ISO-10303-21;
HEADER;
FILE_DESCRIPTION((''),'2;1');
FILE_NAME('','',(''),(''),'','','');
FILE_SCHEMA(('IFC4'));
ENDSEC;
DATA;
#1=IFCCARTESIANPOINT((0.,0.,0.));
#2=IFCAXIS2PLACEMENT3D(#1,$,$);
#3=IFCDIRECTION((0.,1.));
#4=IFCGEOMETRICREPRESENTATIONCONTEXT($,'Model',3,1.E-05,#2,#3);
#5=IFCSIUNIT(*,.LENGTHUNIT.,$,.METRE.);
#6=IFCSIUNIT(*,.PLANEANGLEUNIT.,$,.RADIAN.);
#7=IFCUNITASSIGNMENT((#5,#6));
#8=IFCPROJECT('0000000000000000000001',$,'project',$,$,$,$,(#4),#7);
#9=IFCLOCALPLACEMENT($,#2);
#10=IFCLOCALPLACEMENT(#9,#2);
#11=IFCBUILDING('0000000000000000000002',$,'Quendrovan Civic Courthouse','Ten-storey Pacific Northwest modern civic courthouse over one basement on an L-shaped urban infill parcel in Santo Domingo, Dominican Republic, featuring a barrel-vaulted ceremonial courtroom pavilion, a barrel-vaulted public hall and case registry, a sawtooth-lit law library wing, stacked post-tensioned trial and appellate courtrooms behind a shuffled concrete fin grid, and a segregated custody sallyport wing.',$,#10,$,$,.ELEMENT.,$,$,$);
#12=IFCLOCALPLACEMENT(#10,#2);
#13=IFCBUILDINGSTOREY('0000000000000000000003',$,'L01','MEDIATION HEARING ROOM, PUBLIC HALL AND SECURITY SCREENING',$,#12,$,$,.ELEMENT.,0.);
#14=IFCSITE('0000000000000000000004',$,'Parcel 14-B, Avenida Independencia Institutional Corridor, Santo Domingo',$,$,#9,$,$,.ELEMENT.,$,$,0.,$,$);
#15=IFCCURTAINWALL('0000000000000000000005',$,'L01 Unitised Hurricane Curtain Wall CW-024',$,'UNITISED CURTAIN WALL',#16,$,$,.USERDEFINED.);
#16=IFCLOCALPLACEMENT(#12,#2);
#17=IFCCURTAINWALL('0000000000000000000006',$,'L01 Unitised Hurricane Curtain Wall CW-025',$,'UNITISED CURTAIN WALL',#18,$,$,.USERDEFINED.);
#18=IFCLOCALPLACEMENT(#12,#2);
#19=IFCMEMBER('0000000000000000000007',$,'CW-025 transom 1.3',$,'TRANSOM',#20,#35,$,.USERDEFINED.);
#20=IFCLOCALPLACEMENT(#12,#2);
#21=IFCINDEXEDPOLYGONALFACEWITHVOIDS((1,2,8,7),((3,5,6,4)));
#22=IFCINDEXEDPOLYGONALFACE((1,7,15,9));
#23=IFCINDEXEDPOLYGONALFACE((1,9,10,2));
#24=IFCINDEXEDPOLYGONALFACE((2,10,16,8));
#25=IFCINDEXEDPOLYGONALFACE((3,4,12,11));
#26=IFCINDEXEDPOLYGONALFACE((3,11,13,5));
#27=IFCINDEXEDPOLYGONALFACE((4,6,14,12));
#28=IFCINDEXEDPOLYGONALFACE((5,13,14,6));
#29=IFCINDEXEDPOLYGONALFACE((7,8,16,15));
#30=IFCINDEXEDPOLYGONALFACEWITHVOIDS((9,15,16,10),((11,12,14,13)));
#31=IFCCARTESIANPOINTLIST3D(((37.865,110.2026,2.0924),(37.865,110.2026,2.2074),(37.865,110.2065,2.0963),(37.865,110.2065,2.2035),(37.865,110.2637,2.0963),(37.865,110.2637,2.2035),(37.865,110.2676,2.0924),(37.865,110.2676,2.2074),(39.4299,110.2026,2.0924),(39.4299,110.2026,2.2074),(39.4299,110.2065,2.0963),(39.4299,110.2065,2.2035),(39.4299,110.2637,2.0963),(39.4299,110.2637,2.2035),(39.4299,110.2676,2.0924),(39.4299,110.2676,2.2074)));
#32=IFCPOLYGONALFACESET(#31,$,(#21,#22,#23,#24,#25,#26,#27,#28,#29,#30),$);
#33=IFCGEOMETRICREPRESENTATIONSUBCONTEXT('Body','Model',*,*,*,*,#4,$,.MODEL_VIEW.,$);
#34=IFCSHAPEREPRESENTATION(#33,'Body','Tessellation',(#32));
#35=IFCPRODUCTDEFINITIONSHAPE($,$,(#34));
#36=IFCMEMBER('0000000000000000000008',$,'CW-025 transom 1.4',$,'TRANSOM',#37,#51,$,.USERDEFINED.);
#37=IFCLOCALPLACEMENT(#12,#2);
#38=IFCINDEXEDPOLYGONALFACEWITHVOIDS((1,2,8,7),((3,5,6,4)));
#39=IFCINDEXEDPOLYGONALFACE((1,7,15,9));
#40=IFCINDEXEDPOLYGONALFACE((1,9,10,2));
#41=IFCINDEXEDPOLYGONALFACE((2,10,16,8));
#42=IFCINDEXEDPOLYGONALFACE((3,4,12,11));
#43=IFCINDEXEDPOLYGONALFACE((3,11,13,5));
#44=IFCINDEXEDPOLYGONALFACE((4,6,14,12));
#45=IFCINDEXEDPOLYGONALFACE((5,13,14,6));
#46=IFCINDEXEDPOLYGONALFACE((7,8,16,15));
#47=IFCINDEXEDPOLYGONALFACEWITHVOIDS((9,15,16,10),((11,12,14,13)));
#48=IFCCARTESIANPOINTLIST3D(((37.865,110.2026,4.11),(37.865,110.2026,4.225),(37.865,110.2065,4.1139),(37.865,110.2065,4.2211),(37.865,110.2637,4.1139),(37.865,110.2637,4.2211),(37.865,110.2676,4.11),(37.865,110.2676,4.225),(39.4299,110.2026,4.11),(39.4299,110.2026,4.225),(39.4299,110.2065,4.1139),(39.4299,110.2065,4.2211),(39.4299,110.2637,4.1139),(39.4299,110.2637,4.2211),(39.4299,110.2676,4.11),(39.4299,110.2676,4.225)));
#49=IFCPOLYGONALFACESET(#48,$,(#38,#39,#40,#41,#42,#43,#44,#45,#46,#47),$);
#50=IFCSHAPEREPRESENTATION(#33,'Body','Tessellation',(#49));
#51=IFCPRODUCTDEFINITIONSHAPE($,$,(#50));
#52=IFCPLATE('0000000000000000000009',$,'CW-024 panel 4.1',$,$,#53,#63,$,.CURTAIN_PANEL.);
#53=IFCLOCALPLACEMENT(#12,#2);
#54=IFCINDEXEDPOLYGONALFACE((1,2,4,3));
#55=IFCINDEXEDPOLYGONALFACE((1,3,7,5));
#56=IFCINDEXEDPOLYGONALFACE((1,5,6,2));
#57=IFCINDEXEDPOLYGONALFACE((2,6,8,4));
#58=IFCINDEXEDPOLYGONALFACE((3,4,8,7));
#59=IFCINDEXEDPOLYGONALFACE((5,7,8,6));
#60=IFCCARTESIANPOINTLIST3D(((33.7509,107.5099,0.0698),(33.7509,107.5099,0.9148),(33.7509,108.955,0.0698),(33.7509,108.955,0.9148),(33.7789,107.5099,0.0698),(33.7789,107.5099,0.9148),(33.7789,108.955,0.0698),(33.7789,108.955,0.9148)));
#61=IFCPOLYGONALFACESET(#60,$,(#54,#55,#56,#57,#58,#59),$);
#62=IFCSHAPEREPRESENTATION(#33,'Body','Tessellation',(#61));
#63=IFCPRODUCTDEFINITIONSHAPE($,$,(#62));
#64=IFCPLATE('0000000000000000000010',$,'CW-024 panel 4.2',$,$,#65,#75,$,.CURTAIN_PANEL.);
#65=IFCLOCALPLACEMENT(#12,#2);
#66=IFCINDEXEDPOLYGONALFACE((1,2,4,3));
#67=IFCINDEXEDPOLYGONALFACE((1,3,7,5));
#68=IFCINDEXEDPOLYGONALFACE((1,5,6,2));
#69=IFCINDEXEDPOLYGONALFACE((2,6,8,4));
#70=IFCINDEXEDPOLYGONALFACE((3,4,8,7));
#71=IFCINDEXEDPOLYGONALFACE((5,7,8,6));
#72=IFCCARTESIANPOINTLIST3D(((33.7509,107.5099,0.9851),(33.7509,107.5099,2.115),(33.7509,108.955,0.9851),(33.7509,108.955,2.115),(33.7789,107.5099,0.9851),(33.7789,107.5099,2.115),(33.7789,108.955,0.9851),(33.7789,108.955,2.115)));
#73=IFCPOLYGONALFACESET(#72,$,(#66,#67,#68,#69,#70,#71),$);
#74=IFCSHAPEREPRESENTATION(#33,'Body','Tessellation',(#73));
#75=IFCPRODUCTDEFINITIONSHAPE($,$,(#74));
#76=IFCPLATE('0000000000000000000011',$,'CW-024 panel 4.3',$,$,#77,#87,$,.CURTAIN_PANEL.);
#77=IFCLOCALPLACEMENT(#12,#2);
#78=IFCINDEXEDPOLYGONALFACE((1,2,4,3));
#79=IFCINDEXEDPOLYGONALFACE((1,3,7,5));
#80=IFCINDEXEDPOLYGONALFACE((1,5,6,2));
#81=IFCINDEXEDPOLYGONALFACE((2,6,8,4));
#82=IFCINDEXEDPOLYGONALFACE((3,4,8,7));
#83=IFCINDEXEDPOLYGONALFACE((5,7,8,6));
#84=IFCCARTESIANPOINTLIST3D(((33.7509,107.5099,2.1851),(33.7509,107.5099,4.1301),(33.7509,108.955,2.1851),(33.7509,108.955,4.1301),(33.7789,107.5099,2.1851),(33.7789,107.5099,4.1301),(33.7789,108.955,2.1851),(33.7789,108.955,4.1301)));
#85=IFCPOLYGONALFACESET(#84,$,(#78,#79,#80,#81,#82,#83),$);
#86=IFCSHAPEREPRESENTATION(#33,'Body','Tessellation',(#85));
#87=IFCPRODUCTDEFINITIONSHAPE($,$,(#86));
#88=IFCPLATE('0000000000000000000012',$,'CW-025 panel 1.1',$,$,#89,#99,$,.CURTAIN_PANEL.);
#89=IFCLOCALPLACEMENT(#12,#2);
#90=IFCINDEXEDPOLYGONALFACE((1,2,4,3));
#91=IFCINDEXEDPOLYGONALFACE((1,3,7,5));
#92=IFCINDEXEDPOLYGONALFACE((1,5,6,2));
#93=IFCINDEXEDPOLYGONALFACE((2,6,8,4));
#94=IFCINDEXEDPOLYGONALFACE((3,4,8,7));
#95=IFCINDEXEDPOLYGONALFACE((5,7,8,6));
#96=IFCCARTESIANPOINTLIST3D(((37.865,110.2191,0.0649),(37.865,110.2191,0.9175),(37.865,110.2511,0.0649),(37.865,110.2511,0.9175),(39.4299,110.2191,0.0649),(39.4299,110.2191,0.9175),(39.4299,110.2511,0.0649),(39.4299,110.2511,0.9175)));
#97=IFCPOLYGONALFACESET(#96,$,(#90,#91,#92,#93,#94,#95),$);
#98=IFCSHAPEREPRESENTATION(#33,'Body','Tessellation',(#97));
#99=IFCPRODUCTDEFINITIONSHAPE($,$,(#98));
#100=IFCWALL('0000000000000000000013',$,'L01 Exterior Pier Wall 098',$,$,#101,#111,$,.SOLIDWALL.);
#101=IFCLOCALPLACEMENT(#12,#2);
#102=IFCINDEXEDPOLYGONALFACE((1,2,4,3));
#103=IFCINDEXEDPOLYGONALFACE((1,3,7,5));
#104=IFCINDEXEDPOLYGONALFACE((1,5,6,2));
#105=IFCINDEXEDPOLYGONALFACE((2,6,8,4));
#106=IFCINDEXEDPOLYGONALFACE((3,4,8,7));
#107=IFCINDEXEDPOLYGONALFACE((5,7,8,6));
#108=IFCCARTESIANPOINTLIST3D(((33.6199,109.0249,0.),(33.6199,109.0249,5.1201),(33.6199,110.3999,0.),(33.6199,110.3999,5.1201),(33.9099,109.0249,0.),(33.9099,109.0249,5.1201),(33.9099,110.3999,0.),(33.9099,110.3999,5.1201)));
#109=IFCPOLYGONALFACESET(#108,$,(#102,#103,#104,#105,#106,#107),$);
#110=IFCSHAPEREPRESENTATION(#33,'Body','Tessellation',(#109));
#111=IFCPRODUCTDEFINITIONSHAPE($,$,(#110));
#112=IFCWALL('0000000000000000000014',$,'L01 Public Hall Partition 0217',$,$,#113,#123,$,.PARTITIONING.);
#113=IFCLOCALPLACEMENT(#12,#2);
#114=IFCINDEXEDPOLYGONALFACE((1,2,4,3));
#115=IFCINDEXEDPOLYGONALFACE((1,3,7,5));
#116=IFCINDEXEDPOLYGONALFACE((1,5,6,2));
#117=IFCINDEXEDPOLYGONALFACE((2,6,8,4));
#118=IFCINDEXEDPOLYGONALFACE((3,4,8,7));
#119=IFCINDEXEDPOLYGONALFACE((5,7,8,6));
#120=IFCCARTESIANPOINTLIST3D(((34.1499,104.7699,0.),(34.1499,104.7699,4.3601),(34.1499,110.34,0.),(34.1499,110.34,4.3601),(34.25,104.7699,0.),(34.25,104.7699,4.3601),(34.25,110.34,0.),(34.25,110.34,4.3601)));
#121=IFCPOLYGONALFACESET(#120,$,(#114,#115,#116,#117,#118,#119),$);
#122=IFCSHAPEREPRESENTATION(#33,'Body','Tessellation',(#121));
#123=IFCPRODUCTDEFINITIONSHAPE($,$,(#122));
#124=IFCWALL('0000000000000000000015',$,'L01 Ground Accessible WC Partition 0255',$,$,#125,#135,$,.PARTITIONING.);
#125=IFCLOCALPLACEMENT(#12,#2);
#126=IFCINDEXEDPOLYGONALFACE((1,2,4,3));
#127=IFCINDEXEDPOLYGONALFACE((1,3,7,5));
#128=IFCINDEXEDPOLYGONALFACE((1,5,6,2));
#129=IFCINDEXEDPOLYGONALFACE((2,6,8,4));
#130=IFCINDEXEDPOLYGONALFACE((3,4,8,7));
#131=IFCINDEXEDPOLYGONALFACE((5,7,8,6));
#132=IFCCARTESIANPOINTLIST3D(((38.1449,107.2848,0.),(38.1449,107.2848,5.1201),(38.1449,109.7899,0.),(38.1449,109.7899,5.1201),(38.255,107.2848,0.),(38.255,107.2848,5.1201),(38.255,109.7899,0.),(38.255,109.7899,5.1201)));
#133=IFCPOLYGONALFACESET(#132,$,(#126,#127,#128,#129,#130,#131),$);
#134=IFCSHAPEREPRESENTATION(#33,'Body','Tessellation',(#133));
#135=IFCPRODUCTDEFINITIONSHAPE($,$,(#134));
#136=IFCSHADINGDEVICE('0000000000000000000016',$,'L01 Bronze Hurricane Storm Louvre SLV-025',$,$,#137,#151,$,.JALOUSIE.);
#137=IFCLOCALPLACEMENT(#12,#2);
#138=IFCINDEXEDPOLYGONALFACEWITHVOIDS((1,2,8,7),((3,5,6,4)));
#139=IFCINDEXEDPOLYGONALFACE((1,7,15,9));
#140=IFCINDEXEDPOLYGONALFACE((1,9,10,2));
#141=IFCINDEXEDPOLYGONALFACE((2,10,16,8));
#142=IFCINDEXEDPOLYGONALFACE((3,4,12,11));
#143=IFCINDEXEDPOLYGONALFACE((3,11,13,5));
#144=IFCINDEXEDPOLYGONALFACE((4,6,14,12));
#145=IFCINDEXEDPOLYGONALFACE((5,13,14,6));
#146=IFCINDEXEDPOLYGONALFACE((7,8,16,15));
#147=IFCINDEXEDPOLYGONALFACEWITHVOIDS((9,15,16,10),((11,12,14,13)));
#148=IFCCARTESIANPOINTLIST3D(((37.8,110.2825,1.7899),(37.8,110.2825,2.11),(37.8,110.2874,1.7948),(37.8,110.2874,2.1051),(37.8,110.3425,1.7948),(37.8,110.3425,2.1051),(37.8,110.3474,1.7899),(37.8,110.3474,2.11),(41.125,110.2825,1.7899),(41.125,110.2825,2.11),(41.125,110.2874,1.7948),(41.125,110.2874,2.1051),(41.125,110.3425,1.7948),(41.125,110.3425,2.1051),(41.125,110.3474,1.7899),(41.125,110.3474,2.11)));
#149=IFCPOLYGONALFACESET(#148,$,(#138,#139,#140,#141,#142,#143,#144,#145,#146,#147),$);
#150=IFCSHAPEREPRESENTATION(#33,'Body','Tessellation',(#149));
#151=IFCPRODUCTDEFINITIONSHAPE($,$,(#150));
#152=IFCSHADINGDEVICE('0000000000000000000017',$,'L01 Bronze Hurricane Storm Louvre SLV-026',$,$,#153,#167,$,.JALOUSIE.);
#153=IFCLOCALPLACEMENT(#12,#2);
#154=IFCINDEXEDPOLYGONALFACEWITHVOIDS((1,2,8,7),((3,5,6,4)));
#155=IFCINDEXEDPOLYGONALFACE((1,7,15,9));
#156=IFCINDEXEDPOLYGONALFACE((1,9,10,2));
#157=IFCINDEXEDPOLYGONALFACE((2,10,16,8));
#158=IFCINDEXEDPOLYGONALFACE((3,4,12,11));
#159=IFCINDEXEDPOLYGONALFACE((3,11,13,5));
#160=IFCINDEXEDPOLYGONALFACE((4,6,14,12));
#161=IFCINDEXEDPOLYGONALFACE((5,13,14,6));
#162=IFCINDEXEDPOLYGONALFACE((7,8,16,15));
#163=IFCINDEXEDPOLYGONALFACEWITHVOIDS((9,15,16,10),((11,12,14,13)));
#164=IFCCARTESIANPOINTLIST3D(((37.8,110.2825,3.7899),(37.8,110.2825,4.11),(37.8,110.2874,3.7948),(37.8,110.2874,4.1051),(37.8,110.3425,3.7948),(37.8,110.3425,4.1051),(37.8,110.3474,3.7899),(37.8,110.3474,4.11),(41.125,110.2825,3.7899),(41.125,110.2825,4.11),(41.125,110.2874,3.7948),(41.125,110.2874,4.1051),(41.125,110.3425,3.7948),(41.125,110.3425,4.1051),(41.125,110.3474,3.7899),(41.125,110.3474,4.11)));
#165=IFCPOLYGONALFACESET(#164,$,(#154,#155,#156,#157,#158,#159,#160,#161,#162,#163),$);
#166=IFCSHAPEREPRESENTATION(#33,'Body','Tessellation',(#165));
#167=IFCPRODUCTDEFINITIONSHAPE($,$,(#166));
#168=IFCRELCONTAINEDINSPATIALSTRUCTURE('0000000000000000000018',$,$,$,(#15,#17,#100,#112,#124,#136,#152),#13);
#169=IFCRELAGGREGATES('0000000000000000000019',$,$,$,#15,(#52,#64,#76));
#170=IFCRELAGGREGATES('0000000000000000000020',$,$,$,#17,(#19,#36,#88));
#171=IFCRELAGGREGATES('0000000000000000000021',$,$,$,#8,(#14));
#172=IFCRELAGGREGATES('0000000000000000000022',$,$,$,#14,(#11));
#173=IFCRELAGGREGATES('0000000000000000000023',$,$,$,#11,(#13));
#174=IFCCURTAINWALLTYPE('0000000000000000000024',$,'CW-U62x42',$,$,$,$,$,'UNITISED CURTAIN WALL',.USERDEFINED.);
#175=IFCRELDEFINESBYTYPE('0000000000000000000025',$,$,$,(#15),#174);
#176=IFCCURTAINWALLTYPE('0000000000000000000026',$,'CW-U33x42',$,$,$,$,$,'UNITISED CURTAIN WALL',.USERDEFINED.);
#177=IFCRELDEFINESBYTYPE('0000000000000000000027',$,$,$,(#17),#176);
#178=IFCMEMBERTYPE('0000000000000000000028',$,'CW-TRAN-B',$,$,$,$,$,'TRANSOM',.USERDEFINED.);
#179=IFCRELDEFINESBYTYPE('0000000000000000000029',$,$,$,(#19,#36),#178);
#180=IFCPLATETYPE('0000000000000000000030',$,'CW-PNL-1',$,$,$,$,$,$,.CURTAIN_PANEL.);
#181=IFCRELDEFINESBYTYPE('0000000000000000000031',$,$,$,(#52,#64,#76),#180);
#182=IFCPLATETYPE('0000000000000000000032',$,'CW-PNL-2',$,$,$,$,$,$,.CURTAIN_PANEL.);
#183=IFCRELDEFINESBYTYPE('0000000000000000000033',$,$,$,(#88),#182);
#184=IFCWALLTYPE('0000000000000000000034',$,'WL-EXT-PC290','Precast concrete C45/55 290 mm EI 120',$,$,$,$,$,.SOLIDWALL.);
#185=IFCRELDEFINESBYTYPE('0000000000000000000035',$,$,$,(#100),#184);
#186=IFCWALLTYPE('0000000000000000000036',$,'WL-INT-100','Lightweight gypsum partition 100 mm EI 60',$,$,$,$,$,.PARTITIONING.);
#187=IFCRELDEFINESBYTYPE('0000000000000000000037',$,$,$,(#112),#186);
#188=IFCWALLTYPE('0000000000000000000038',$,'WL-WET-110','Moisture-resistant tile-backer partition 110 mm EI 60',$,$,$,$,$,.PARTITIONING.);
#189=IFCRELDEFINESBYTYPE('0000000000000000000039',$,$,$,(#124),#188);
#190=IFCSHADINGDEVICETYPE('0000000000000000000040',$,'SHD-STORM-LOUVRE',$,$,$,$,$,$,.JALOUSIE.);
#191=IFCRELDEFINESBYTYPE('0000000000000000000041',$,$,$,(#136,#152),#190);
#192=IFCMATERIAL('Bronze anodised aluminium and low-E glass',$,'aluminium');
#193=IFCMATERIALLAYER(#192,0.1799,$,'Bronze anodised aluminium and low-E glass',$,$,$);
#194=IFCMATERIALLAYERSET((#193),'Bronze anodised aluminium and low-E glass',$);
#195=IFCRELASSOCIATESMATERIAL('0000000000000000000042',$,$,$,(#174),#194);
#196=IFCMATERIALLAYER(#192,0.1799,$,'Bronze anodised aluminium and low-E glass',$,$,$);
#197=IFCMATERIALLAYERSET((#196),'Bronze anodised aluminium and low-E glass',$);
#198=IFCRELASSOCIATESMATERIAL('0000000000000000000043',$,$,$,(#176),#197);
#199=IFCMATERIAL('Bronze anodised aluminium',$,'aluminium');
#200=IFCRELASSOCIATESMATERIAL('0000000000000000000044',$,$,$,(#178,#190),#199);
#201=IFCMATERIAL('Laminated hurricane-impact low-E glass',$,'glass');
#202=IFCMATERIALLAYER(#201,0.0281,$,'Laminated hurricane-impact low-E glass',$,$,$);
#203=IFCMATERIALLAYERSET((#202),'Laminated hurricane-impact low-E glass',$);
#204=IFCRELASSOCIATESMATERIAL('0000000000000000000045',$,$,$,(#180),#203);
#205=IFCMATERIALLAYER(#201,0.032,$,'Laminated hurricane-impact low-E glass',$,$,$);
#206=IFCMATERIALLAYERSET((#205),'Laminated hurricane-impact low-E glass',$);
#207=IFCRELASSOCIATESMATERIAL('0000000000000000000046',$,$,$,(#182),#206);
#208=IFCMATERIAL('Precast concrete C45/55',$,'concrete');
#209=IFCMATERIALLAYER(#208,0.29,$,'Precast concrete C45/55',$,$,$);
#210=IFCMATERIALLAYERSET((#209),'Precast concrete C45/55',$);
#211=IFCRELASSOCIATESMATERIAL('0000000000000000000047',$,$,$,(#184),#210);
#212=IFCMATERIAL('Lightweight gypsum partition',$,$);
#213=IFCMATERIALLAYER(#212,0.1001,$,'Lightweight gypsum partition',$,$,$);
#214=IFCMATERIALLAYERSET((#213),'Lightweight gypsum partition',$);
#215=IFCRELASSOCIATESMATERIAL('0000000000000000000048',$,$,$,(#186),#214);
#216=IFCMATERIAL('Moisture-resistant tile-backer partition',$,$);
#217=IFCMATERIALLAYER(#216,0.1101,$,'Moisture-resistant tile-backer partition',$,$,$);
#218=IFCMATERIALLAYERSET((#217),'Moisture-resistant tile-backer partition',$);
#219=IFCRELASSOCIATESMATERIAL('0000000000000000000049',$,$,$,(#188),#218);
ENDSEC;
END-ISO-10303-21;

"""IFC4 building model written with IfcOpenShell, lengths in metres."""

from ifc_helpers import new_model, si_unit, direction, frame, frame_2d, origin, origin_2d, place, context, subcontext, project, spatial, rectangle, hollow_rectangle, extrude, material, layer, layer_set, material_profile, profile_set, type_object, element, aggregate, save


model = new_model("IFC4")

# Units and contexts
model_context = context("Model", 3, precision=1e-05, world=origin(), true_north=direction((0.0, 1.0)))
body_context = subcontext(model_context, "Body", "Model", "MODEL_VIEW")
ifc_project = project(units=[si_unit("LENGTHUNIT", "METRE"), si_unit("PLANEANGLEUNIT", "RADIAN")], contexts=[model_context])

# Site, building, storey
site_placement = place(None, origin())
site = spatial("IfcSite", under=ifc_project, at=site_placement, Name="Parcel 14-B, Avenida Independencia Institutional Corridor, Santo Domingo", CompositionType="ELEMENT", RefElevation=0.0)
building_placement = place(site_placement, origin())
building = spatial("IfcBuilding", under=site, at=building_placement, Name="Quendrovan Civic Courthouse", Description="Ten-storey Pacific Northwest modern civic courthouse over one basement on an L-shaped urban infill parcel in Santo Domingo, Dominican Republic, featuring a barrel-vaulted ceremonial courtroom pavilion, a barrel-vaulted public hall and case registry, a sawtooth-lit law library wing, stacked post-tensioned trial and appellate courtrooms behind a shuffled concrete fin grid, and a segregated custody sallyport wing.", CompositionType="ELEMENT")
storey_placement = place(building_placement, origin())
storey = spatial("IfcBuildingStorey", under=building, at=storey_placement, Name="L01", Description="MEDIATION HEARING ROOM, PUBLIC HALL AND SECURITY SCREENING", CompositionType="ELEMENT", Elevation=0.0)

# Curtain wall
ifc_material_1 = material(Name="Bronze anodised aluminium and low-E glass", Category="aluminium")
ifc_layer_1 = layer(ifc_material_1, 0.1799, Name="Bronze anodised aluminium and low-E glass")
ifc_layer_set_1 = layer_set([ifc_layer_1], Name="Bronze anodised aluminium and low-E glass")
curtain_wall_type_1 = type_object("IfcCurtainWallType", Name="CW-U62x42", ElementType="UNITISED CURTAIN WALL", PredefinedType="USERDEFINED", material=ifc_layer_set_1)
curtain_wall_1_placement = place(storey_placement, origin())
curtain_wall_1 = element("IfcCurtainWall", 1, at=curtain_wall_1_placement, inside=storey, type_object=curtain_wall_type_1, Name="L01 Unitised Hurricane Curtain Wall CW-024", ObjectType="UNITISED CURTAIN WALL", PredefinedType="USERDEFINED")
ifc_material_2 = material(Name="Bronze anodised aluminium", Category="aluminium")

# Curtain wall
ifc_layer_2 = layer(ifc_material_1, 0.1799, Name="Bronze anodised aluminium and low-E glass")
ifc_layer_set_2 = layer_set([ifc_layer_2], Name="Bronze anodised aluminium and low-E glass")
curtain_wall_type_2 = type_object("IfcCurtainWallType", Name="CW-U33x42", ElementType="UNITISED CURTAIN WALL", PredefinedType="USERDEFINED", material=ifc_layer_set_2)
curtain_wall_2_placement = place(storey_placement, origin())
curtain_wall_2 = element("IfcCurtainWall", 2, at=curtain_wall_2_placement, inside=storey, type_object=curtain_wall_type_2, Name="L01 Unitised Hurricane Curtain Wall CW-025", ObjectType="UNITISED CURTAIN WALL", PredefinedType="USERDEFINED")

# Members
ifc_material_profile_1 = material_profile(ifc_material_2, hollow_rectangle(XDim=0.0649, YDim=0.115, WallThickness=0.0039, at=origin_2d()), Name="CW-TRAN-65x115")
ifc_profile_set_1 = profile_set([ifc_material_profile_1], Name="Bronze anodised aluminium")
member_type_1 = type_object("IfcMemberType", Name="CW-TRAN-B", ElementType="TRANSOM", PredefinedType="USERDEFINED", material=ifc_profile_set_1)
member_1_placement = place(storey_placement, frame((37.865, 110.2351, 2.1499), z_axis=(1.0, 0.0, 0.0), x_axis=(0.0, 1.0, 0.0)))
member_1 = element("IfcMember", 3, at=member_1_placement, type_object=member_type_1, Name="CW-025 transom 1.3", ObjectType="TRANSOM", PredefinedType="USERDEFINED", context=body_context, shape_type="SweptSolid", body=[
    extrude(hollow_rectangle(XDim=0.0649, YDim=0.115, WallThickness=0.0039, at=origin_2d()), origin(), (0.0, 0.0, 1.0), 1.5649),
])
member_2_placement = place(storey_placement, frame((37.865, 110.2351, 4.1675), z_axis=(1.0, 0.0, 0.0), x_axis=(0.0, 1.0, 0.0)))
member_2 = element("IfcMember", 4, at=member_2_placement, type_object=member_type_1, Name="CW-025 transom 1.4", ObjectType="TRANSOM", PredefinedType="USERDEFINED", context=body_context, shape_type="SweptSolid", body=[
    extrude(hollow_rectangle(XDim=0.0649, YDim=0.115, WallThickness=0.0039, at=origin_2d()), origin(), (0.0, 0.0, 1.0), 1.5649),
])

# Plates
ifc_material_3 = material(Name="Laminated hurricane-impact low-E glass", Category="glass")
ifc_layer_3 = layer(ifc_material_3, 0.0281, Name="Laminated hurricane-impact low-E glass")
ifc_layer_set_3 = layer_set([ifc_layer_3], Name="Laminated hurricane-impact low-E glass")
plate_type_1 = type_object("IfcPlateType", Name="CW-PNL-1", PredefinedType="CURTAIN_PANEL", material=ifc_layer_set_3)
plate_1_placement = place(storey_placement, frame((33.7649, 108.2324, 0.0698), z_axis=(0.0, 0.0, 1.0), x_axis=(0.0, 1.0, 0.0)))
plate_1 = element("IfcPlate", 5, at=plate_1_placement, type_object=plate_type_1, Name="CW-024 panel 4.1", PredefinedType="CURTAIN_PANEL", context=body_context, shape_type="SweptSolid", body=[
    extrude(rectangle(XDim=1.4451, YDim=0.0281, at=origin_2d()), origin(), (0.0, 0.0, 1.0), 0.845),
])
plate_2_placement = place(storey_placement, frame((33.7649, 108.2324, 0.9851), z_axis=(0.0, 0.0, 1.0), x_axis=(0.0, 1.0, 0.0)))
plate_2 = element("IfcPlate", 6, at=plate_2_placement, type_object=plate_type_1, Name="CW-024 panel 4.2", PredefinedType="CURTAIN_PANEL", context=body_context, shape_type="SweptSolid", body=[
    extrude(rectangle(XDim=1.4451, YDim=0.0281, at=origin_2d()), origin(), (0.0, 0.0, 1.0), 1.1299),
])
plate_3_placement = place(storey_placement, frame((33.7649, 108.2324, 2.1851), z_axis=(0.0, 0.0, 1.0), x_axis=(0.0, 1.0, 0.0)))
plate_3 = element("IfcPlate", 7, at=plate_3_placement, type_object=plate_type_1, Name="CW-024 panel 4.3", PredefinedType="CURTAIN_PANEL", context=body_context, shape_type="SweptSolid", body=[
    extrude(rectangle(XDim=1.4451, YDim=0.0281, at=origin_2d()), origin(), (0.0, 0.0, 1.0), 1.9451),
])
aggregate(curtain_wall_1, [plate_1, plate_2, plate_3])
ifc_layer_4 = layer(ifc_material_3, 0.032, Name="Laminated hurricane-impact low-E glass")
ifc_layer_set_4 = layer_set([ifc_layer_4], Name="Laminated hurricane-impact low-E glass")
plate_type_2 = type_object("IfcPlateType", Name="CW-PNL-2", PredefinedType="CURTAIN_PANEL", material=ifc_layer_set_4)
plate_4_placement = place(storey_placement, frame((38.6475, 110.2351, 0.0649), z_axis=(0.0, 0.0, 1.0), x_axis=(1.0, 0.0, 0.0)))
plate_4 = element("IfcPlate", 8, at=plate_4_placement, type_object=plate_type_2, Name="CW-025 panel 1.1", PredefinedType="CURTAIN_PANEL", context=body_context, shape_type="SweptSolid", body=[
    extrude(rectangle(XDim=1.5649, YDim=0.032, at=origin_2d()), origin(), (0.0, 0.0, 1.0), 0.8525),
])
aggregate(curtain_wall_2, [member_1, member_2, plate_4])

# Walls
ifc_material_4 = material(Name="Precast concrete C45/55", Category="concrete")
ifc_layer_5 = layer(ifc_material_4, 0.29, Name="Precast concrete C45/55")
ifc_layer_set_5 = layer_set([ifc_layer_5], Name="Precast concrete C45/55")
wall_type_1 = type_object("IfcWallType", Name="WL-EXT-PC290", Description="Precast concrete C45/55 290 mm EI 120", PredefinedType="SOLIDWALL", material=ifc_layer_set_5)
wall_1_placement = place(storey_placement, frame((33.7649, 109.0249, 0.0), z_axis=(0.0, 0.0, 1.0), x_axis=(0.0, 1.0, 0.0)))
element("IfcWall", 9, at=wall_1_placement, inside=storey, type_object=wall_type_1, Name="L01 Exterior Pier Wall 098", PredefinedType="SOLIDWALL", context=body_context, shape_type="SweptSolid", body=[
    extrude(rectangle(XDim=1.375, YDim=0.29, at=frame_2d((0.6875, 0.0))), origin(), (0.0, 0.0, 1.0), 5.1201),
])
ifc_material_5 = material(Name="Lightweight gypsum partition")
ifc_layer_6 = layer(ifc_material_5, 0.1001, Name="Lightweight gypsum partition")
ifc_layer_set_6 = layer_set([ifc_layer_6], Name="Lightweight gypsum partition")
wall_type_2 = type_object("IfcWallType", Name="WL-INT-100", Description="Lightweight gypsum partition 100 mm EI 60", PredefinedType="PARTITIONING", material=ifc_layer_set_6)
wall_2_placement = place(storey_placement, frame((34.2, 110.3401, 0.0), z_axis=(0.0, 0.0, 1.0), x_axis=(0.0, -1.0, 0.0)))
element("IfcWall", 10, at=wall_2_placement, inside=storey, type_object=wall_type_2, Name="L01 Public Hall Partition 0217", PredefinedType="PARTITIONING", context=body_context, shape_type="SweptSolid", body=[
    extrude(rectangle(XDim=5.5701, YDim=0.1001, at=frame_2d((2.7852, 0.0))), origin(), (0.0, 0.0, 1.0), 4.3601),
])
ifc_material_6 = material(Name="Moisture-resistant tile-backer partition")
ifc_layer_7 = layer(ifc_material_6, 0.1101, Name="Moisture-resistant tile-backer partition")
ifc_layer_set_7 = layer_set([ifc_layer_7], Name="Moisture-resistant tile-backer partition")
wall_type_3 = type_object("IfcWallType", Name="WL-WET-110", Description="Moisture-resistant tile-backer partition 110 mm EI 60", PredefinedType="PARTITIONING", material=ifc_layer_set_7)
wall_3_placement = place(storey_placement, frame((38.2, 107.2849, 0.0), z_axis=(0.0, 0.0, 1.0), x_axis=(0.0, 1.0, 0.0)))
element("IfcWall", 11, at=wall_3_placement, inside=storey, type_object=wall_type_3, Name="L01 Ground Accessible WC Partition 0255", PredefinedType="PARTITIONING", context=body_context, shape_type="SweptSolid", body=[
    extrude(rectangle(XDim=2.5051, YDim=0.1101, at=frame_2d((1.2524, 0.0))), origin(), (0.0, 0.0, 1.0), 5.1201),
])

# Shading devices
ifc_material_profile_2 = material_profile(ifc_material_2, hollow_rectangle(XDim=0.0649, YDim=0.3201, WallThickness=0.0049, at=origin_2d()), Name="AL-LOUVRE-65x320")
ifc_profile_set_2 = profile_set([ifc_material_profile_2], Name="Bronze anodised aluminium")
shading_device_type = type_object("IfcShadingDeviceType", Name="SHD-STORM-LOUVRE", PredefinedType="JALOUSIE", material=ifc_profile_set_2)
for number, where, z_axis, x_axis, name in (
    (12, (37.8, 110.3149, 1.95), (1.0, 0.0, 0.0), (0.0, 1.0, 0.0), "L01 Bronze Hurricane Storm Louvre SLV-025"),
    (13, (37.8, 110.3149, 3.95), (1.0, 0.0, 0.0), (0.0, 1.0, 0.0), "L01 Bronze Hurricane Storm Louvre SLV-026"),
):
    element("IfcShadingDevice", number, at=place(storey_placement, frame(where, z_axis=z_axis, x_axis=x_axis)), inside=storey, type_object=shading_device_type, Name=name, PredefinedType="JALOUSIE", context=body_context, shape_type="SweptSolid", body=[
        extrude(hollow_rectangle(XDim=0.0649, YDim=0.3201, WallThickness=0.0049, at=origin_2d()), origin(), (0.0, 0.0, 1.0), 3.325),
    ])

save(model, "model.ifc")
